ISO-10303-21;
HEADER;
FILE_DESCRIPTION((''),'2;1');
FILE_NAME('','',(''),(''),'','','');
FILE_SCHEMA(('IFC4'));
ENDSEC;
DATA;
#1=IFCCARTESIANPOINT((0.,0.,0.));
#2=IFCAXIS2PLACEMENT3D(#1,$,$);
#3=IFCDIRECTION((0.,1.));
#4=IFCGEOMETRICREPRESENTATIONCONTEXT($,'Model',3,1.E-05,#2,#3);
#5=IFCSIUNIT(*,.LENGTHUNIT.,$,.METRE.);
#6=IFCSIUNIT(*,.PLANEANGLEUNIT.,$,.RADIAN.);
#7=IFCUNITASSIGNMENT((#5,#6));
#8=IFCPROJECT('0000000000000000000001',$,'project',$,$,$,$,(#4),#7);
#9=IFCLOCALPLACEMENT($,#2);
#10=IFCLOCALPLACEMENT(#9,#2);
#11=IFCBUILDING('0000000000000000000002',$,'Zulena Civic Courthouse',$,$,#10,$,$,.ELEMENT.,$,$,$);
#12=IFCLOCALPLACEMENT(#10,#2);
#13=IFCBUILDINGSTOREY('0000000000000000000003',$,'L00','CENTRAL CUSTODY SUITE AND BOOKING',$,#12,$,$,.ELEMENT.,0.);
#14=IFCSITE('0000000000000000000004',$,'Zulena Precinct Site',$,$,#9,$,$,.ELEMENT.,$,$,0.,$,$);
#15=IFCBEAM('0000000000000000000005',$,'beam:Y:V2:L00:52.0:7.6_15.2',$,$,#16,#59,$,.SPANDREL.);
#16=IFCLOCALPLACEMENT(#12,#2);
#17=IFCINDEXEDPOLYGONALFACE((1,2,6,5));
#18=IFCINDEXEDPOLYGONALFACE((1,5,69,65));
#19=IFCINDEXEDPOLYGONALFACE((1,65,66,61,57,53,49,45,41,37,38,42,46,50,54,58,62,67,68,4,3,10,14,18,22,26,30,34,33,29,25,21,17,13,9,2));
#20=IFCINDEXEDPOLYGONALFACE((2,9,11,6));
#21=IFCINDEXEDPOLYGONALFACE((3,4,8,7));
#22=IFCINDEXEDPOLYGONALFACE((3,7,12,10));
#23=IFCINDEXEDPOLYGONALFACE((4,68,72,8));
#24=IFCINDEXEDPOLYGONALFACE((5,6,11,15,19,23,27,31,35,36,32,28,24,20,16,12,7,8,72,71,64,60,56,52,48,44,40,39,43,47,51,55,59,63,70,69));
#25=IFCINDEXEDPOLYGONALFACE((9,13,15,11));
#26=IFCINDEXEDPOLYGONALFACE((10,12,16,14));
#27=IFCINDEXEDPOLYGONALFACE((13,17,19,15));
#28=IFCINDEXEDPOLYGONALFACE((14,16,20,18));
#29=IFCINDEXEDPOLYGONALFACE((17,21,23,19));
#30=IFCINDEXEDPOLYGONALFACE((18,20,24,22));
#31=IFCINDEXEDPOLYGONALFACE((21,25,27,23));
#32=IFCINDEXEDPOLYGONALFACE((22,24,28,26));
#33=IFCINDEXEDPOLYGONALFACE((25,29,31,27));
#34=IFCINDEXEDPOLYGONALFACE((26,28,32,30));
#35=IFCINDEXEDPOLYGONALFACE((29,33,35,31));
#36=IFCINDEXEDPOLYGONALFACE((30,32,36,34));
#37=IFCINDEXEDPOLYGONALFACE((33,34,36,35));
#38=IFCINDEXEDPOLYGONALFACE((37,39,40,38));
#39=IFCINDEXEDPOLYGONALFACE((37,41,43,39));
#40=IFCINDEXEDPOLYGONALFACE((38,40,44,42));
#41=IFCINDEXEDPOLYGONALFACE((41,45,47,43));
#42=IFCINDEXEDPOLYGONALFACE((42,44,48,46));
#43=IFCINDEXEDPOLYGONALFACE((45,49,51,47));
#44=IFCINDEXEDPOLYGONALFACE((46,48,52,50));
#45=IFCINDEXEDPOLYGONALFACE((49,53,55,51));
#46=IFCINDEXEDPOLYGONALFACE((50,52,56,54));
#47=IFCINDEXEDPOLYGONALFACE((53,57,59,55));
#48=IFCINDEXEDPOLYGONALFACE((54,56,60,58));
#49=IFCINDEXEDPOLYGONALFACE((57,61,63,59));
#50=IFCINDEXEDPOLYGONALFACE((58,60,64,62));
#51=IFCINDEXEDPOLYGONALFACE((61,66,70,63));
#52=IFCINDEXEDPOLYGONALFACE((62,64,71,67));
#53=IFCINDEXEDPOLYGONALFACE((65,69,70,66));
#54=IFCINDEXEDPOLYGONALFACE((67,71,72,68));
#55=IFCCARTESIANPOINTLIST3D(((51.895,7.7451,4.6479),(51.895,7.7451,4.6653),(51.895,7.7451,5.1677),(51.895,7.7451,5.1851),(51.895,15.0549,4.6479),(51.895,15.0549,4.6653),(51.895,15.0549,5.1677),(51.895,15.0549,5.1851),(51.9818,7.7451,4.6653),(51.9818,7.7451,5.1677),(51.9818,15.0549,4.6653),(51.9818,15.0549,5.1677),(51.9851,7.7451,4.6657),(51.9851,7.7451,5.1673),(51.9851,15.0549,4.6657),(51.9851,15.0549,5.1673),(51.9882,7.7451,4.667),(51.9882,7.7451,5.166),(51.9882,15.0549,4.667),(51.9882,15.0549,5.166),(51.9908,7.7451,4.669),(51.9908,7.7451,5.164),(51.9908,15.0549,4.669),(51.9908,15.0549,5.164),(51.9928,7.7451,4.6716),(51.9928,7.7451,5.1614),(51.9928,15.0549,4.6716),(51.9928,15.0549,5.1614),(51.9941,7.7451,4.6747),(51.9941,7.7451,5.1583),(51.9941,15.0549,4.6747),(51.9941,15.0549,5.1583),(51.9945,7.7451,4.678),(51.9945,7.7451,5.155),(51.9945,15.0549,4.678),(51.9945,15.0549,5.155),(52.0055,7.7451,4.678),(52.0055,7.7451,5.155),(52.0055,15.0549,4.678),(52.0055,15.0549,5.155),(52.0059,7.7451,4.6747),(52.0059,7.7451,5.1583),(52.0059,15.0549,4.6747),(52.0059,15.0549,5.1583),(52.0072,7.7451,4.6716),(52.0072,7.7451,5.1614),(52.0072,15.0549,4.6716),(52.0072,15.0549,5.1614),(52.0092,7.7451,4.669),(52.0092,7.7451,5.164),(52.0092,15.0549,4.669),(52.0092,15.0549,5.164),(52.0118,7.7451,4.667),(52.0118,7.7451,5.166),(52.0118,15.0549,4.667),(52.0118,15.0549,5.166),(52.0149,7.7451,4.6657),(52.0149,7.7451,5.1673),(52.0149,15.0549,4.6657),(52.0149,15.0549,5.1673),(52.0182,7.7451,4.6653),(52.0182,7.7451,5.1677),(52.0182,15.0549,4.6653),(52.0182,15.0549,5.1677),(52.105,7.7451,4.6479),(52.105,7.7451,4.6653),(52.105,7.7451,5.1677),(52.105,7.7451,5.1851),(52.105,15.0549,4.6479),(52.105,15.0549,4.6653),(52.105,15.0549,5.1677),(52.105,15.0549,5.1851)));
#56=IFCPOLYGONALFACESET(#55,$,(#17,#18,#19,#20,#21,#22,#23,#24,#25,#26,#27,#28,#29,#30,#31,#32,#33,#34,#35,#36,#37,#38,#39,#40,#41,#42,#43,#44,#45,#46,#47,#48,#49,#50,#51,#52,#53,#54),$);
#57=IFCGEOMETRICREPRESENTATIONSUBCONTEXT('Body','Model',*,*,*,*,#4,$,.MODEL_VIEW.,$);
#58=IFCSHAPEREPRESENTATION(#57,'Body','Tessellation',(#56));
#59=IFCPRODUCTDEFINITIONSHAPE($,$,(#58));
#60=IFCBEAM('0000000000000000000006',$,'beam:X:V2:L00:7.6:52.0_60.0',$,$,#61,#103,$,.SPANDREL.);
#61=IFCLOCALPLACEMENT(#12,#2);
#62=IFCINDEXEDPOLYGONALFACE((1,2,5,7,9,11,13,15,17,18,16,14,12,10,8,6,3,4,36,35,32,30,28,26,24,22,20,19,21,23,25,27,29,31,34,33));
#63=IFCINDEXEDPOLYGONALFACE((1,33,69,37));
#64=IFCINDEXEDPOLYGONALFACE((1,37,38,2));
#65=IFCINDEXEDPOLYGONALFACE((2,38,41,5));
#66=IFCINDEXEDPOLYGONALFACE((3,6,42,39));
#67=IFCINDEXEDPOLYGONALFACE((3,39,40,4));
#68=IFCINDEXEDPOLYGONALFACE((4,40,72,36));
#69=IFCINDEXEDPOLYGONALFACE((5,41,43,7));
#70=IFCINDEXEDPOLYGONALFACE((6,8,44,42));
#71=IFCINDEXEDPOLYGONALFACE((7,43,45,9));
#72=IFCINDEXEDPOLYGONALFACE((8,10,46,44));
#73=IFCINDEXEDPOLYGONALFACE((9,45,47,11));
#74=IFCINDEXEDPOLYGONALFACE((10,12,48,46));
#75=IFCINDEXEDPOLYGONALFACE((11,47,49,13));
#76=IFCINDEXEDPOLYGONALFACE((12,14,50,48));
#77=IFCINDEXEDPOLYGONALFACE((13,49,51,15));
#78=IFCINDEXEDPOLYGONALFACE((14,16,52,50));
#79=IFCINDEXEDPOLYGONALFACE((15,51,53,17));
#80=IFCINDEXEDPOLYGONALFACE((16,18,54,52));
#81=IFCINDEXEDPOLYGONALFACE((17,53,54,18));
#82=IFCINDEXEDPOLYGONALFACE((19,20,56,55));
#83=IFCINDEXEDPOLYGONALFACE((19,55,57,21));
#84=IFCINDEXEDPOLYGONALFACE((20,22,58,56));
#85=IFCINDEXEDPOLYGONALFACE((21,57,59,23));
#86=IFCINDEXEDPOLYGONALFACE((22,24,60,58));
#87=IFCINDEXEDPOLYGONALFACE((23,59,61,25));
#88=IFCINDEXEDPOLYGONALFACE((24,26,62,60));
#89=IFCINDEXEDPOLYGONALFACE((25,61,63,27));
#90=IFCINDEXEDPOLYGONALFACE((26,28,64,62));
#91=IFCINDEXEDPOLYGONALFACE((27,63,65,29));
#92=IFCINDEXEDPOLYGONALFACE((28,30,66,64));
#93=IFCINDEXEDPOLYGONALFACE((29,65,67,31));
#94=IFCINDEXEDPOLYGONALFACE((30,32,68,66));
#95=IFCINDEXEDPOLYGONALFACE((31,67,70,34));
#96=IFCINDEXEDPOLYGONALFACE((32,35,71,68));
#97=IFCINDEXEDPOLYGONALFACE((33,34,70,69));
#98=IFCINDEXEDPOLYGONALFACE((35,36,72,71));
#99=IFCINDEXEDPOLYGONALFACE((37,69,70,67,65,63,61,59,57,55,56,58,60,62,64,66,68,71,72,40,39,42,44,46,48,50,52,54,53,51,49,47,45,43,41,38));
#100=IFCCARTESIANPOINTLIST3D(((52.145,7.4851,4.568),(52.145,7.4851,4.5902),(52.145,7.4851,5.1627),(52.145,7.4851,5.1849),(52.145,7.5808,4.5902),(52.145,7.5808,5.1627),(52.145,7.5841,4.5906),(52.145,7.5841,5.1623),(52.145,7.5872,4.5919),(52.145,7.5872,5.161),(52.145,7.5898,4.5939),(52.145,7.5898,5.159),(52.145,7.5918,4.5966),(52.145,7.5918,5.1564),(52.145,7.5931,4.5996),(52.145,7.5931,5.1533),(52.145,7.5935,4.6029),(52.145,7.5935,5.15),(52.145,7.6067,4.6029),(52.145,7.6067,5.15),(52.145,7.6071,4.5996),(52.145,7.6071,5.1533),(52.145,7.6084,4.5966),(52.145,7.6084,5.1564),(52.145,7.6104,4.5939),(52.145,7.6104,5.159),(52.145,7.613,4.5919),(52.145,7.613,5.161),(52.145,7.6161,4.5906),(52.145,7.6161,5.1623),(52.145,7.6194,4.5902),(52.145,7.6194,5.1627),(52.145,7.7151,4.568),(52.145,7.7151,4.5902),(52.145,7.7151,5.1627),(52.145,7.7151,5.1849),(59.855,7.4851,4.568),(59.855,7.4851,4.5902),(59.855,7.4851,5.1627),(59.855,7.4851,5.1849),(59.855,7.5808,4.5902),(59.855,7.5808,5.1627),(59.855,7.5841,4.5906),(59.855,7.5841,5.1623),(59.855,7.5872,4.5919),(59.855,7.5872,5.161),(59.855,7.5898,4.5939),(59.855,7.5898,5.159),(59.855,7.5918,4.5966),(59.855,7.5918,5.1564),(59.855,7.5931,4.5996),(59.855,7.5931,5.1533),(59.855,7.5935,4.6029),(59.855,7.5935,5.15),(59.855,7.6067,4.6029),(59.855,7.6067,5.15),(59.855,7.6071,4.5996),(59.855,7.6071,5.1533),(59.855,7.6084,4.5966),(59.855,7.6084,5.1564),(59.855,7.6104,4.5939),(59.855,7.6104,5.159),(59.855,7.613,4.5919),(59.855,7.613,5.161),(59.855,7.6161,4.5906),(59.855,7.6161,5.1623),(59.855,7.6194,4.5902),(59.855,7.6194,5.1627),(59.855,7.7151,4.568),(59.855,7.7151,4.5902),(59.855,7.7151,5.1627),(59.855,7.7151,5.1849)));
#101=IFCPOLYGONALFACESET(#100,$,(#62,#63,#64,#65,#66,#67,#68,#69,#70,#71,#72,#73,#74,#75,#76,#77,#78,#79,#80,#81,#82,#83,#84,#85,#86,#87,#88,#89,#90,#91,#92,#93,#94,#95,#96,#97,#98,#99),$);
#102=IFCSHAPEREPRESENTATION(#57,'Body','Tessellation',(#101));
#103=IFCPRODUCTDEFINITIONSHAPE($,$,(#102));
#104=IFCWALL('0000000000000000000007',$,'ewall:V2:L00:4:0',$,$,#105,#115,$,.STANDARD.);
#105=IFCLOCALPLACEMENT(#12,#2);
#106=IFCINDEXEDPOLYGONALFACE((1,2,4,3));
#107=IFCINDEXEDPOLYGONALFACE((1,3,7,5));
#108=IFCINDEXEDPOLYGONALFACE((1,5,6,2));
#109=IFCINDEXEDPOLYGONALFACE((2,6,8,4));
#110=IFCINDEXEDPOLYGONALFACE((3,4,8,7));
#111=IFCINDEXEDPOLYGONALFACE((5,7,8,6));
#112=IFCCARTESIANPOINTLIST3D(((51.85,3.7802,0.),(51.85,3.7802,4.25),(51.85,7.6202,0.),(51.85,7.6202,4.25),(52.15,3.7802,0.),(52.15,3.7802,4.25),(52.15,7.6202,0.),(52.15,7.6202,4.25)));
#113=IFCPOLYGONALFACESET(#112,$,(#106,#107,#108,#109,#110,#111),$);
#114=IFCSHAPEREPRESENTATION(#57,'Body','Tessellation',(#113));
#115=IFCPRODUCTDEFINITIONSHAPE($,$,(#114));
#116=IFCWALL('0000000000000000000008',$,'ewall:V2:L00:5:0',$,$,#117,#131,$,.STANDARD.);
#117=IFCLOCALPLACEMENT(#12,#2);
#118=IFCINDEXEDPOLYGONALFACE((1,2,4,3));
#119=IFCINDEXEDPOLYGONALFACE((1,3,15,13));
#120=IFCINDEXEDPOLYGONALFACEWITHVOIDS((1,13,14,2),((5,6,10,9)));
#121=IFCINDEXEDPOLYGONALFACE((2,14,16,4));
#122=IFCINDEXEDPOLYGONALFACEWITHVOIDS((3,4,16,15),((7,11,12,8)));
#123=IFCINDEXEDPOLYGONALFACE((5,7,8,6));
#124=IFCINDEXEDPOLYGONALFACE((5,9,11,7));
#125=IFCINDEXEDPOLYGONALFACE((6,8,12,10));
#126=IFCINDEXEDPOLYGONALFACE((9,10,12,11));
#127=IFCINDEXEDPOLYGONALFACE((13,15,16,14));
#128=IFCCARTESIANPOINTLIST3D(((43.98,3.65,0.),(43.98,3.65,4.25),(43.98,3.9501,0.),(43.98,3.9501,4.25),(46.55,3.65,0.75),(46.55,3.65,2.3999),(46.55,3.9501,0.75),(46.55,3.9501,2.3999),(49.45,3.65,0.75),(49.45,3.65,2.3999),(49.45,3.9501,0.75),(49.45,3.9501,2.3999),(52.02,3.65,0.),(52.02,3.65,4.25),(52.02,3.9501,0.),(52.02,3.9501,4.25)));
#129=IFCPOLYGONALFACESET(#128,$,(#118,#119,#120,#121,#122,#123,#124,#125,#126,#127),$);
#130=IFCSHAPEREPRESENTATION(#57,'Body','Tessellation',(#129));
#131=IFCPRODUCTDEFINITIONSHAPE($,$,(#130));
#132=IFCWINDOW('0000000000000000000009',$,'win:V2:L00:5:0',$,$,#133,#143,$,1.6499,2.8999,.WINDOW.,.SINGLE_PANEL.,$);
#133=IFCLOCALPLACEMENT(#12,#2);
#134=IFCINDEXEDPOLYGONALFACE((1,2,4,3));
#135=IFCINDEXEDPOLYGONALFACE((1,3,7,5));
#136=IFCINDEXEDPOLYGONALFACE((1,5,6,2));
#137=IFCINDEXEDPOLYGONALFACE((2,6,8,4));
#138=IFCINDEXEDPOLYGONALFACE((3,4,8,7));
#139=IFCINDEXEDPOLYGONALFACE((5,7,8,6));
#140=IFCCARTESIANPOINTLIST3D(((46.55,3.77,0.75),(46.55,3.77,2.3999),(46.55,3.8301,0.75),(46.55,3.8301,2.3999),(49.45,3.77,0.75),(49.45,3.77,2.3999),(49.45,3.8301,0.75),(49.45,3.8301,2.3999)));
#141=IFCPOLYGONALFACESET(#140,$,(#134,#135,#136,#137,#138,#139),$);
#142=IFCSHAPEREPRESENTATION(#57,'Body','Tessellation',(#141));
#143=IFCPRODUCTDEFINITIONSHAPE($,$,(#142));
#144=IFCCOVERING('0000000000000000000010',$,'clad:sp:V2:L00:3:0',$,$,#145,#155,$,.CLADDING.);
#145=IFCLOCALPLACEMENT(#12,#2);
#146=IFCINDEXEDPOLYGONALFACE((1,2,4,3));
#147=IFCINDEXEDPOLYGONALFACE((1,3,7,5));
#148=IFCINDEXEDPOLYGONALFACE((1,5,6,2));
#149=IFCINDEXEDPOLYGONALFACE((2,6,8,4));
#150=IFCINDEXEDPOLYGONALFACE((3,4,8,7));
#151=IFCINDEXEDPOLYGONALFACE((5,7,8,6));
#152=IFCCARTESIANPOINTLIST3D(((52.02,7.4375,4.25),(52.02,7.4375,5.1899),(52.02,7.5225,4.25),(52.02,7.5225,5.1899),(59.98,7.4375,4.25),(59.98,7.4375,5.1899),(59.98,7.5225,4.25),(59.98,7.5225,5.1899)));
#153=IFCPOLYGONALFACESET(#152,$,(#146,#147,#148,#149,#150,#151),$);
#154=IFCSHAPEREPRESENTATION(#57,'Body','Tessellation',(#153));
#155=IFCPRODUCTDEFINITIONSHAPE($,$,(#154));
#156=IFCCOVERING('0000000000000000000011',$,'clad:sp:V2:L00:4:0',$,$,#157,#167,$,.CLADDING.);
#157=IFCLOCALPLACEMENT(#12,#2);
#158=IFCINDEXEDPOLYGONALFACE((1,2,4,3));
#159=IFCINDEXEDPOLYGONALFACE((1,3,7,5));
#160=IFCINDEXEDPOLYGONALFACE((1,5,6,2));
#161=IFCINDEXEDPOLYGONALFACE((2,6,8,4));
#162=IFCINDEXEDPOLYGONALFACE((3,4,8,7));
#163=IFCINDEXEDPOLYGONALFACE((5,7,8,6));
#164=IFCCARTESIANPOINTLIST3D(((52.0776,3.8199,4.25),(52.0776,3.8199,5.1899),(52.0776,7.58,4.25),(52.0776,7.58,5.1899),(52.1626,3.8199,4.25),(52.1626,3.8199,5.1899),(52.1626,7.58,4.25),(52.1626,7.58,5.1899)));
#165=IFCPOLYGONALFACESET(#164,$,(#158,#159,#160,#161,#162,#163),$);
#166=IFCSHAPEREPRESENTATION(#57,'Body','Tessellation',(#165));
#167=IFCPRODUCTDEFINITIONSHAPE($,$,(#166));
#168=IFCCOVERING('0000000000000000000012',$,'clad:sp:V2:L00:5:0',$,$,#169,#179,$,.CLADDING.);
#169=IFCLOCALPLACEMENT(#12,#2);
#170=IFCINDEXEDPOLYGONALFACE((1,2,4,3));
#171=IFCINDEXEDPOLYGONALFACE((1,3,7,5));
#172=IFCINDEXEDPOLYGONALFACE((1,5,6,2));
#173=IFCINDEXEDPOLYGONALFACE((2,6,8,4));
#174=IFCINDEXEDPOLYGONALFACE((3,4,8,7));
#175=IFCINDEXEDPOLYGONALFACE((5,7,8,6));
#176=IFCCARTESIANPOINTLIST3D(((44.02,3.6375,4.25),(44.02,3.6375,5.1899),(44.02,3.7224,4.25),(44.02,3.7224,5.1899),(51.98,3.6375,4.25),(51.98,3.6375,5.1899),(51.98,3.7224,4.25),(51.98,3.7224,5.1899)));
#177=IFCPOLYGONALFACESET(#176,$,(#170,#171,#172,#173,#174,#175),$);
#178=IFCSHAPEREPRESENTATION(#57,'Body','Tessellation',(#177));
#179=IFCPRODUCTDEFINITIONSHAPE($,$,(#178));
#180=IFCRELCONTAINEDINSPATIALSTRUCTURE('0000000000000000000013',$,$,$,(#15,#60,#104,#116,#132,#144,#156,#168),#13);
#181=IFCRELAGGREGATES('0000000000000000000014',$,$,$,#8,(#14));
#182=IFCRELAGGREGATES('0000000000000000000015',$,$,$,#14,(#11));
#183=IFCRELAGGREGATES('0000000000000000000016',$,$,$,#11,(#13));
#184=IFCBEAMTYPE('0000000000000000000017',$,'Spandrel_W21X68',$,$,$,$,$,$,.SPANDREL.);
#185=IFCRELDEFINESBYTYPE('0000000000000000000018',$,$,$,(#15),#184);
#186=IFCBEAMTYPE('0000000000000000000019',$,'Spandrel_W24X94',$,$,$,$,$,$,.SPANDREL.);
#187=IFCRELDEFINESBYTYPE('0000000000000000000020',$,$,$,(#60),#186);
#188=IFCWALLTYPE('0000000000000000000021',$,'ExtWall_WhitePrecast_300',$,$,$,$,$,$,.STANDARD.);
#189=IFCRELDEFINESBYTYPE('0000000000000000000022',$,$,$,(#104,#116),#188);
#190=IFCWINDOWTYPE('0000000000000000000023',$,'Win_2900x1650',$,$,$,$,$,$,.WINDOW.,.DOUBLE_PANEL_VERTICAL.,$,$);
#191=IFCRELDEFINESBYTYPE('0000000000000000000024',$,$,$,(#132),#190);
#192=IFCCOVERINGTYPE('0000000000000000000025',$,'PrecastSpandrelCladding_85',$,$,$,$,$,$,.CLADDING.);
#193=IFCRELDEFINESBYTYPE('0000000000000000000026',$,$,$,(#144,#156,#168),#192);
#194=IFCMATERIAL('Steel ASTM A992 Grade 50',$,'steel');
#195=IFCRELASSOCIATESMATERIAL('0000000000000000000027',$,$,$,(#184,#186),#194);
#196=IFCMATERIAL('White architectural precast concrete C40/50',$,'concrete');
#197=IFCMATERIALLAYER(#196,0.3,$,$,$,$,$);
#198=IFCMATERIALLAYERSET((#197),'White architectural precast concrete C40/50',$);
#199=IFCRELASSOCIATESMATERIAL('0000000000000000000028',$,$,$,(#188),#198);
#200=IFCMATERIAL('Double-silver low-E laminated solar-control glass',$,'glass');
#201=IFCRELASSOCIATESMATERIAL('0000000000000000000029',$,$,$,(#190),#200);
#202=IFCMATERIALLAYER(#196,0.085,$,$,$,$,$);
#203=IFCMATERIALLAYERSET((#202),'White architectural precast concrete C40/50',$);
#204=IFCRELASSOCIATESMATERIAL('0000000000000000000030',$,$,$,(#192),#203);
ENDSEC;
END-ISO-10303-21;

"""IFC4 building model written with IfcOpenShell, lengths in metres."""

from ifc_helpers import new_model, si_unit, direction, frame, frame_2d, origin, origin_2d, place, context, subcontext, project, spatial, rectangle, i_section, extrude, material, layer, layer_set, material_profile, profile_set, type_object, element, fill, save


model = new_model("IFC4")

# Units and contexts
model_context = context("Model", 3, precision=1e-05, world=origin(), true_north=direction((0.0, 1.0)))
body_context = subcontext(model_context, "Body", "Model", "MODEL_VIEW")
ifc_project = project(units=[si_unit("LENGTHUNIT", "METRE"), si_unit("PLANEANGLEUNIT", "RADIAN")], contexts=[model_context])

# Site, building, storey
site_placement = place(None, origin())
site = spatial("IfcSite", under=ifc_project, at=site_placement, Name="Zulena Precinct Site", CompositionType="ELEMENT", RefElevation=0.0)
building_placement = place(site_placement, origin())
building = spatial("IfcBuilding", under=site, at=building_placement, Name="Zulena Civic Courthouse", CompositionType="ELEMENT")
storey_placement = place(building_placement, origin())
storey = spatial("IfcBuildingStorey", under=building, at=storey_placement, Name="L00", Description="CENTRAL CUSTODY SUITE AND BOOKING", CompositionType="ELEMENT", Elevation=0.0)

# Shared definitions
ifc_material_1 = material(Name="Steel ASTM A992 Grade 50", Category="steel")

# Beams
ifc_material_profile_1 = material_profile(ifc_material_1, i_section(OverallWidth=0.21, OverallDepth=0.5371, WebThickness=0.011, FlangeThickness=0.0173, FilletRadius=0.0127, at=origin_2d()), Name="W21X68")
ifc_profile_set_1 = profile_set([ifc_material_profile_1], Name="Steel ASTM A992 Grade 50")
beam_type_1 = type_object("IfcBeamType", Name="Spandrel_W21X68", PredefinedType="SPANDREL", material=ifc_profile_set_1)
beam_1_placement = place(storey_placement, frame((52.0, 7.7451, 4.9165), z_axis=(0.0, 1.0, 0.0), x_axis=(-1.0, 0.0, 0.0)))
element("IfcBeam", 1, at=beam_1_placement, inside=storey, type_object=beam_type_1, Name="beam:Y:V2:L00:52.0:7.6_15.2", PredefinedType="SPANDREL", context=body_context, shape_type="SweptSolid", body=[
    extrude(i_section(OverallWidth=0.21, OverallDepth=0.5371, WebThickness=0.011, FlangeThickness=0.0173, FilletRadius=0.0127, at=origin_2d()), origin(), (0.0, 0.0, 1.0), 7.3098),
])
ifc_material_profile_2 = material_profile(ifc_material_1, i_section(OverallWidth=0.23, OverallDepth=0.6169, WebThickness=0.0132, FlangeThickness=0.0222, FilletRadius=0.0127, at=origin_2d()), Name="W24X94")
ifc_profile_set_2 = profile_set([ifc_material_profile_2], Name="Steel ASTM A992 Grade 50")
beam_type_2 = type_object("IfcBeamType", Name="Spandrel_W24X94", PredefinedType="SPANDREL", material=ifc_profile_set_2)
beam_2_placement = place(storey_placement, frame((52.145, 7.6001, 4.8765), z_axis=(1.0, 0.0, 0.0), x_axis=(0.0, 1.0, 0.0)))
element("IfcBeam", 2, at=beam_2_placement, inside=storey, type_object=beam_type_2, Name="beam:X:V2:L00:7.6:52.0_60.0", PredefinedType="SPANDREL", context=body_context, shape_type="SweptSolid", body=[
    extrude(i_section(OverallWidth=0.23, OverallDepth=0.6169, WebThickness=0.0132, FlangeThickness=0.0222, FilletRadius=0.0127, at=origin_2d()), origin(), (0.0, 0.0, 1.0), 7.71),
])

# Wall
ifc_material_2 = material(Name="White architectural precast concrete C40/50", Category="concrete")
ifc_layer_1 = layer(ifc_material_2, 0.3)
ifc_layer_set_1 = layer_set([ifc_layer_1], Name="White architectural precast concrete C40/50")
wall_type = type_object("IfcWallType", Name="ExtWall_WhitePrecast_300", PredefinedType="STANDARD", material=ifc_layer_set_1)
wall_1_placement = place(storey_placement, frame((52.0, 7.6201, 0.0), z_axis=(0.0, 0.0, 1.0), x_axis=(0.0, -1.0, 0.0)))
element("IfcWall", 3, at=wall_1_placement, inside=storey, type_object=wall_type, Name="ewall:V2:L00:4:0", PredefinedType="STANDARD", context=body_context, shape_type="SweptSolid", body=[
    extrude(rectangle(XDim=3.8401, YDim=0.3, at=frame_2d((1.9199, 0.0))), origin(), (0.0, 0.0, 1.0), 4.25),
])

# Wall, opening, window
wall_2_placement = place(storey_placement, frame((52.02, 3.8, 0.0), z_axis=(0.0, 0.0, 1.0), x_axis=(-1.0, 0.0, 0.0)))
wall_2 = element("IfcWall", 4, at=wall_2_placement, inside=storey, type_object=wall_type, Name="ewall:V2:L00:5:0", PredefinedType="STANDARD", context=body_context, shape_type="SweptSolid", body=[
    extrude(rectangle(XDim=8.04, YDim=0.3, at=frame_2d((4.02, 0.0))), origin(), (0.0, 0.0, 1.0), 4.25),
])
opening_placement = place(wall_2_placement, frame((2.5701, 0.0, 0.75)))
opening = element("IfcOpeningElement", 5, at=opening_placement, cuts=wall_2, PredefinedType="OPENING", context=body_context, shape_type="SweptSolid", body=[
    extrude(rectangle(XDim=2.8999, YDim=1.6499, at=frame_2d((1.45, 0.825))), frame((0.0, 0.1599, 0.0), z_axis=(0.0, -1.0, 0.0), x_axis=(1.0, 0.0, 0.0)), (0.0, 0.0, 1.0), 0.3201),
])
ifc_material_3 = material(Name="Double-silver low-E laminated solar-control glass", Category="glass")
window_type = type_object("IfcWindowType", Name="Win_2900x1650", PartitioningType="DOUBLE_PANEL_VERTICAL", PredefinedType="WINDOW", material=ifc_material_3)
window_placement = place(opening_placement, origin())
window = element("IfcWindow", 6, at=window_placement, inside=storey, type_object=window_type, Name="win:V2:L00:5:0", OverallHeight=1.6499, OverallWidth=2.8999, PartitioningType="SINGLE_PANEL", PredefinedType="WINDOW", context=body_context, shape_type="SweptSolid", body=[
    extrude(rectangle(XDim=2.8999, YDim=1.6499, at=frame_2d((1.45, 0.825))), frame((0.0, 0.03, 0.0), z_axis=(0.0, -1.0, 0.0), x_axis=(1.0, 0.0, 0.0)), (0.0, 0.0, 1.0), 0.0601),
])
fill(opening, window)

# Coverings
ifc_layer_2 = layer(ifc_material_2, 0.085)
ifc_layer_set_2 = layer_set([ifc_layer_2], Name="White architectural precast concrete C40/50")
covering_type = type_object("IfcCoveringType", Name="PrecastSpandrelCladding_85", PredefinedType="CLADDING", material=ifc_layer_set_2)
covering_1_placement = place(storey_placement, frame((56.0, 7.48, 4.25), z_axis=(0.0, 0.0, 1.0), x_axis=(-1.0, 0.0, 0.0)))
element("IfcCovering", 7, at=covering_1_placement, inside=storey, type_object=covering_type, Name="clad:sp:V2:L00:3:0", PredefinedType="CLADDING", context=body_context, shape_type="SweptSolid", body=[
    extrude(rectangle(XDim=7.96, YDim=0.085, at=origin_2d()), origin(), (0.0, 0.0, 1.0), 0.9399),
])
covering_2_placement = place(storey_placement, frame((52.1201, 5.7, 4.25), z_axis=(0.0, 0.0, 1.0), x_axis=(0.0, -1.0, 0.0)))
element("IfcCovering", 8, at=covering_2_placement, inside=storey, type_object=covering_type, Name="clad:sp:V2:L00:4:0", PredefinedType="CLADDING", context=body_context, shape_type="SweptSolid", body=[
    extrude(rectangle(XDim=3.76, YDim=0.085, at=origin_2d()), origin(), (0.0, 0.0, 1.0), 0.9399),
])
covering_3_placement = place(storey_placement, frame((48.0, 3.6799, 4.25), z_axis=(0.0, 0.0, 1.0), x_axis=(-1.0, 0.0, 0.0)))
element("IfcCovering", 9, at=covering_3_placement, inside=storey, type_object=covering_type, Name="clad:sp:V2:L00:5:0", PredefinedType="CLADDING", context=body_context, shape_type="SweptSolid", body=[
    extrude(rectangle(XDim=7.96, YDim=0.085, at=origin_2d()), origin(), (0.0, 0.0, 1.0), 0.9399),
])

save(model, "model.ifc")
